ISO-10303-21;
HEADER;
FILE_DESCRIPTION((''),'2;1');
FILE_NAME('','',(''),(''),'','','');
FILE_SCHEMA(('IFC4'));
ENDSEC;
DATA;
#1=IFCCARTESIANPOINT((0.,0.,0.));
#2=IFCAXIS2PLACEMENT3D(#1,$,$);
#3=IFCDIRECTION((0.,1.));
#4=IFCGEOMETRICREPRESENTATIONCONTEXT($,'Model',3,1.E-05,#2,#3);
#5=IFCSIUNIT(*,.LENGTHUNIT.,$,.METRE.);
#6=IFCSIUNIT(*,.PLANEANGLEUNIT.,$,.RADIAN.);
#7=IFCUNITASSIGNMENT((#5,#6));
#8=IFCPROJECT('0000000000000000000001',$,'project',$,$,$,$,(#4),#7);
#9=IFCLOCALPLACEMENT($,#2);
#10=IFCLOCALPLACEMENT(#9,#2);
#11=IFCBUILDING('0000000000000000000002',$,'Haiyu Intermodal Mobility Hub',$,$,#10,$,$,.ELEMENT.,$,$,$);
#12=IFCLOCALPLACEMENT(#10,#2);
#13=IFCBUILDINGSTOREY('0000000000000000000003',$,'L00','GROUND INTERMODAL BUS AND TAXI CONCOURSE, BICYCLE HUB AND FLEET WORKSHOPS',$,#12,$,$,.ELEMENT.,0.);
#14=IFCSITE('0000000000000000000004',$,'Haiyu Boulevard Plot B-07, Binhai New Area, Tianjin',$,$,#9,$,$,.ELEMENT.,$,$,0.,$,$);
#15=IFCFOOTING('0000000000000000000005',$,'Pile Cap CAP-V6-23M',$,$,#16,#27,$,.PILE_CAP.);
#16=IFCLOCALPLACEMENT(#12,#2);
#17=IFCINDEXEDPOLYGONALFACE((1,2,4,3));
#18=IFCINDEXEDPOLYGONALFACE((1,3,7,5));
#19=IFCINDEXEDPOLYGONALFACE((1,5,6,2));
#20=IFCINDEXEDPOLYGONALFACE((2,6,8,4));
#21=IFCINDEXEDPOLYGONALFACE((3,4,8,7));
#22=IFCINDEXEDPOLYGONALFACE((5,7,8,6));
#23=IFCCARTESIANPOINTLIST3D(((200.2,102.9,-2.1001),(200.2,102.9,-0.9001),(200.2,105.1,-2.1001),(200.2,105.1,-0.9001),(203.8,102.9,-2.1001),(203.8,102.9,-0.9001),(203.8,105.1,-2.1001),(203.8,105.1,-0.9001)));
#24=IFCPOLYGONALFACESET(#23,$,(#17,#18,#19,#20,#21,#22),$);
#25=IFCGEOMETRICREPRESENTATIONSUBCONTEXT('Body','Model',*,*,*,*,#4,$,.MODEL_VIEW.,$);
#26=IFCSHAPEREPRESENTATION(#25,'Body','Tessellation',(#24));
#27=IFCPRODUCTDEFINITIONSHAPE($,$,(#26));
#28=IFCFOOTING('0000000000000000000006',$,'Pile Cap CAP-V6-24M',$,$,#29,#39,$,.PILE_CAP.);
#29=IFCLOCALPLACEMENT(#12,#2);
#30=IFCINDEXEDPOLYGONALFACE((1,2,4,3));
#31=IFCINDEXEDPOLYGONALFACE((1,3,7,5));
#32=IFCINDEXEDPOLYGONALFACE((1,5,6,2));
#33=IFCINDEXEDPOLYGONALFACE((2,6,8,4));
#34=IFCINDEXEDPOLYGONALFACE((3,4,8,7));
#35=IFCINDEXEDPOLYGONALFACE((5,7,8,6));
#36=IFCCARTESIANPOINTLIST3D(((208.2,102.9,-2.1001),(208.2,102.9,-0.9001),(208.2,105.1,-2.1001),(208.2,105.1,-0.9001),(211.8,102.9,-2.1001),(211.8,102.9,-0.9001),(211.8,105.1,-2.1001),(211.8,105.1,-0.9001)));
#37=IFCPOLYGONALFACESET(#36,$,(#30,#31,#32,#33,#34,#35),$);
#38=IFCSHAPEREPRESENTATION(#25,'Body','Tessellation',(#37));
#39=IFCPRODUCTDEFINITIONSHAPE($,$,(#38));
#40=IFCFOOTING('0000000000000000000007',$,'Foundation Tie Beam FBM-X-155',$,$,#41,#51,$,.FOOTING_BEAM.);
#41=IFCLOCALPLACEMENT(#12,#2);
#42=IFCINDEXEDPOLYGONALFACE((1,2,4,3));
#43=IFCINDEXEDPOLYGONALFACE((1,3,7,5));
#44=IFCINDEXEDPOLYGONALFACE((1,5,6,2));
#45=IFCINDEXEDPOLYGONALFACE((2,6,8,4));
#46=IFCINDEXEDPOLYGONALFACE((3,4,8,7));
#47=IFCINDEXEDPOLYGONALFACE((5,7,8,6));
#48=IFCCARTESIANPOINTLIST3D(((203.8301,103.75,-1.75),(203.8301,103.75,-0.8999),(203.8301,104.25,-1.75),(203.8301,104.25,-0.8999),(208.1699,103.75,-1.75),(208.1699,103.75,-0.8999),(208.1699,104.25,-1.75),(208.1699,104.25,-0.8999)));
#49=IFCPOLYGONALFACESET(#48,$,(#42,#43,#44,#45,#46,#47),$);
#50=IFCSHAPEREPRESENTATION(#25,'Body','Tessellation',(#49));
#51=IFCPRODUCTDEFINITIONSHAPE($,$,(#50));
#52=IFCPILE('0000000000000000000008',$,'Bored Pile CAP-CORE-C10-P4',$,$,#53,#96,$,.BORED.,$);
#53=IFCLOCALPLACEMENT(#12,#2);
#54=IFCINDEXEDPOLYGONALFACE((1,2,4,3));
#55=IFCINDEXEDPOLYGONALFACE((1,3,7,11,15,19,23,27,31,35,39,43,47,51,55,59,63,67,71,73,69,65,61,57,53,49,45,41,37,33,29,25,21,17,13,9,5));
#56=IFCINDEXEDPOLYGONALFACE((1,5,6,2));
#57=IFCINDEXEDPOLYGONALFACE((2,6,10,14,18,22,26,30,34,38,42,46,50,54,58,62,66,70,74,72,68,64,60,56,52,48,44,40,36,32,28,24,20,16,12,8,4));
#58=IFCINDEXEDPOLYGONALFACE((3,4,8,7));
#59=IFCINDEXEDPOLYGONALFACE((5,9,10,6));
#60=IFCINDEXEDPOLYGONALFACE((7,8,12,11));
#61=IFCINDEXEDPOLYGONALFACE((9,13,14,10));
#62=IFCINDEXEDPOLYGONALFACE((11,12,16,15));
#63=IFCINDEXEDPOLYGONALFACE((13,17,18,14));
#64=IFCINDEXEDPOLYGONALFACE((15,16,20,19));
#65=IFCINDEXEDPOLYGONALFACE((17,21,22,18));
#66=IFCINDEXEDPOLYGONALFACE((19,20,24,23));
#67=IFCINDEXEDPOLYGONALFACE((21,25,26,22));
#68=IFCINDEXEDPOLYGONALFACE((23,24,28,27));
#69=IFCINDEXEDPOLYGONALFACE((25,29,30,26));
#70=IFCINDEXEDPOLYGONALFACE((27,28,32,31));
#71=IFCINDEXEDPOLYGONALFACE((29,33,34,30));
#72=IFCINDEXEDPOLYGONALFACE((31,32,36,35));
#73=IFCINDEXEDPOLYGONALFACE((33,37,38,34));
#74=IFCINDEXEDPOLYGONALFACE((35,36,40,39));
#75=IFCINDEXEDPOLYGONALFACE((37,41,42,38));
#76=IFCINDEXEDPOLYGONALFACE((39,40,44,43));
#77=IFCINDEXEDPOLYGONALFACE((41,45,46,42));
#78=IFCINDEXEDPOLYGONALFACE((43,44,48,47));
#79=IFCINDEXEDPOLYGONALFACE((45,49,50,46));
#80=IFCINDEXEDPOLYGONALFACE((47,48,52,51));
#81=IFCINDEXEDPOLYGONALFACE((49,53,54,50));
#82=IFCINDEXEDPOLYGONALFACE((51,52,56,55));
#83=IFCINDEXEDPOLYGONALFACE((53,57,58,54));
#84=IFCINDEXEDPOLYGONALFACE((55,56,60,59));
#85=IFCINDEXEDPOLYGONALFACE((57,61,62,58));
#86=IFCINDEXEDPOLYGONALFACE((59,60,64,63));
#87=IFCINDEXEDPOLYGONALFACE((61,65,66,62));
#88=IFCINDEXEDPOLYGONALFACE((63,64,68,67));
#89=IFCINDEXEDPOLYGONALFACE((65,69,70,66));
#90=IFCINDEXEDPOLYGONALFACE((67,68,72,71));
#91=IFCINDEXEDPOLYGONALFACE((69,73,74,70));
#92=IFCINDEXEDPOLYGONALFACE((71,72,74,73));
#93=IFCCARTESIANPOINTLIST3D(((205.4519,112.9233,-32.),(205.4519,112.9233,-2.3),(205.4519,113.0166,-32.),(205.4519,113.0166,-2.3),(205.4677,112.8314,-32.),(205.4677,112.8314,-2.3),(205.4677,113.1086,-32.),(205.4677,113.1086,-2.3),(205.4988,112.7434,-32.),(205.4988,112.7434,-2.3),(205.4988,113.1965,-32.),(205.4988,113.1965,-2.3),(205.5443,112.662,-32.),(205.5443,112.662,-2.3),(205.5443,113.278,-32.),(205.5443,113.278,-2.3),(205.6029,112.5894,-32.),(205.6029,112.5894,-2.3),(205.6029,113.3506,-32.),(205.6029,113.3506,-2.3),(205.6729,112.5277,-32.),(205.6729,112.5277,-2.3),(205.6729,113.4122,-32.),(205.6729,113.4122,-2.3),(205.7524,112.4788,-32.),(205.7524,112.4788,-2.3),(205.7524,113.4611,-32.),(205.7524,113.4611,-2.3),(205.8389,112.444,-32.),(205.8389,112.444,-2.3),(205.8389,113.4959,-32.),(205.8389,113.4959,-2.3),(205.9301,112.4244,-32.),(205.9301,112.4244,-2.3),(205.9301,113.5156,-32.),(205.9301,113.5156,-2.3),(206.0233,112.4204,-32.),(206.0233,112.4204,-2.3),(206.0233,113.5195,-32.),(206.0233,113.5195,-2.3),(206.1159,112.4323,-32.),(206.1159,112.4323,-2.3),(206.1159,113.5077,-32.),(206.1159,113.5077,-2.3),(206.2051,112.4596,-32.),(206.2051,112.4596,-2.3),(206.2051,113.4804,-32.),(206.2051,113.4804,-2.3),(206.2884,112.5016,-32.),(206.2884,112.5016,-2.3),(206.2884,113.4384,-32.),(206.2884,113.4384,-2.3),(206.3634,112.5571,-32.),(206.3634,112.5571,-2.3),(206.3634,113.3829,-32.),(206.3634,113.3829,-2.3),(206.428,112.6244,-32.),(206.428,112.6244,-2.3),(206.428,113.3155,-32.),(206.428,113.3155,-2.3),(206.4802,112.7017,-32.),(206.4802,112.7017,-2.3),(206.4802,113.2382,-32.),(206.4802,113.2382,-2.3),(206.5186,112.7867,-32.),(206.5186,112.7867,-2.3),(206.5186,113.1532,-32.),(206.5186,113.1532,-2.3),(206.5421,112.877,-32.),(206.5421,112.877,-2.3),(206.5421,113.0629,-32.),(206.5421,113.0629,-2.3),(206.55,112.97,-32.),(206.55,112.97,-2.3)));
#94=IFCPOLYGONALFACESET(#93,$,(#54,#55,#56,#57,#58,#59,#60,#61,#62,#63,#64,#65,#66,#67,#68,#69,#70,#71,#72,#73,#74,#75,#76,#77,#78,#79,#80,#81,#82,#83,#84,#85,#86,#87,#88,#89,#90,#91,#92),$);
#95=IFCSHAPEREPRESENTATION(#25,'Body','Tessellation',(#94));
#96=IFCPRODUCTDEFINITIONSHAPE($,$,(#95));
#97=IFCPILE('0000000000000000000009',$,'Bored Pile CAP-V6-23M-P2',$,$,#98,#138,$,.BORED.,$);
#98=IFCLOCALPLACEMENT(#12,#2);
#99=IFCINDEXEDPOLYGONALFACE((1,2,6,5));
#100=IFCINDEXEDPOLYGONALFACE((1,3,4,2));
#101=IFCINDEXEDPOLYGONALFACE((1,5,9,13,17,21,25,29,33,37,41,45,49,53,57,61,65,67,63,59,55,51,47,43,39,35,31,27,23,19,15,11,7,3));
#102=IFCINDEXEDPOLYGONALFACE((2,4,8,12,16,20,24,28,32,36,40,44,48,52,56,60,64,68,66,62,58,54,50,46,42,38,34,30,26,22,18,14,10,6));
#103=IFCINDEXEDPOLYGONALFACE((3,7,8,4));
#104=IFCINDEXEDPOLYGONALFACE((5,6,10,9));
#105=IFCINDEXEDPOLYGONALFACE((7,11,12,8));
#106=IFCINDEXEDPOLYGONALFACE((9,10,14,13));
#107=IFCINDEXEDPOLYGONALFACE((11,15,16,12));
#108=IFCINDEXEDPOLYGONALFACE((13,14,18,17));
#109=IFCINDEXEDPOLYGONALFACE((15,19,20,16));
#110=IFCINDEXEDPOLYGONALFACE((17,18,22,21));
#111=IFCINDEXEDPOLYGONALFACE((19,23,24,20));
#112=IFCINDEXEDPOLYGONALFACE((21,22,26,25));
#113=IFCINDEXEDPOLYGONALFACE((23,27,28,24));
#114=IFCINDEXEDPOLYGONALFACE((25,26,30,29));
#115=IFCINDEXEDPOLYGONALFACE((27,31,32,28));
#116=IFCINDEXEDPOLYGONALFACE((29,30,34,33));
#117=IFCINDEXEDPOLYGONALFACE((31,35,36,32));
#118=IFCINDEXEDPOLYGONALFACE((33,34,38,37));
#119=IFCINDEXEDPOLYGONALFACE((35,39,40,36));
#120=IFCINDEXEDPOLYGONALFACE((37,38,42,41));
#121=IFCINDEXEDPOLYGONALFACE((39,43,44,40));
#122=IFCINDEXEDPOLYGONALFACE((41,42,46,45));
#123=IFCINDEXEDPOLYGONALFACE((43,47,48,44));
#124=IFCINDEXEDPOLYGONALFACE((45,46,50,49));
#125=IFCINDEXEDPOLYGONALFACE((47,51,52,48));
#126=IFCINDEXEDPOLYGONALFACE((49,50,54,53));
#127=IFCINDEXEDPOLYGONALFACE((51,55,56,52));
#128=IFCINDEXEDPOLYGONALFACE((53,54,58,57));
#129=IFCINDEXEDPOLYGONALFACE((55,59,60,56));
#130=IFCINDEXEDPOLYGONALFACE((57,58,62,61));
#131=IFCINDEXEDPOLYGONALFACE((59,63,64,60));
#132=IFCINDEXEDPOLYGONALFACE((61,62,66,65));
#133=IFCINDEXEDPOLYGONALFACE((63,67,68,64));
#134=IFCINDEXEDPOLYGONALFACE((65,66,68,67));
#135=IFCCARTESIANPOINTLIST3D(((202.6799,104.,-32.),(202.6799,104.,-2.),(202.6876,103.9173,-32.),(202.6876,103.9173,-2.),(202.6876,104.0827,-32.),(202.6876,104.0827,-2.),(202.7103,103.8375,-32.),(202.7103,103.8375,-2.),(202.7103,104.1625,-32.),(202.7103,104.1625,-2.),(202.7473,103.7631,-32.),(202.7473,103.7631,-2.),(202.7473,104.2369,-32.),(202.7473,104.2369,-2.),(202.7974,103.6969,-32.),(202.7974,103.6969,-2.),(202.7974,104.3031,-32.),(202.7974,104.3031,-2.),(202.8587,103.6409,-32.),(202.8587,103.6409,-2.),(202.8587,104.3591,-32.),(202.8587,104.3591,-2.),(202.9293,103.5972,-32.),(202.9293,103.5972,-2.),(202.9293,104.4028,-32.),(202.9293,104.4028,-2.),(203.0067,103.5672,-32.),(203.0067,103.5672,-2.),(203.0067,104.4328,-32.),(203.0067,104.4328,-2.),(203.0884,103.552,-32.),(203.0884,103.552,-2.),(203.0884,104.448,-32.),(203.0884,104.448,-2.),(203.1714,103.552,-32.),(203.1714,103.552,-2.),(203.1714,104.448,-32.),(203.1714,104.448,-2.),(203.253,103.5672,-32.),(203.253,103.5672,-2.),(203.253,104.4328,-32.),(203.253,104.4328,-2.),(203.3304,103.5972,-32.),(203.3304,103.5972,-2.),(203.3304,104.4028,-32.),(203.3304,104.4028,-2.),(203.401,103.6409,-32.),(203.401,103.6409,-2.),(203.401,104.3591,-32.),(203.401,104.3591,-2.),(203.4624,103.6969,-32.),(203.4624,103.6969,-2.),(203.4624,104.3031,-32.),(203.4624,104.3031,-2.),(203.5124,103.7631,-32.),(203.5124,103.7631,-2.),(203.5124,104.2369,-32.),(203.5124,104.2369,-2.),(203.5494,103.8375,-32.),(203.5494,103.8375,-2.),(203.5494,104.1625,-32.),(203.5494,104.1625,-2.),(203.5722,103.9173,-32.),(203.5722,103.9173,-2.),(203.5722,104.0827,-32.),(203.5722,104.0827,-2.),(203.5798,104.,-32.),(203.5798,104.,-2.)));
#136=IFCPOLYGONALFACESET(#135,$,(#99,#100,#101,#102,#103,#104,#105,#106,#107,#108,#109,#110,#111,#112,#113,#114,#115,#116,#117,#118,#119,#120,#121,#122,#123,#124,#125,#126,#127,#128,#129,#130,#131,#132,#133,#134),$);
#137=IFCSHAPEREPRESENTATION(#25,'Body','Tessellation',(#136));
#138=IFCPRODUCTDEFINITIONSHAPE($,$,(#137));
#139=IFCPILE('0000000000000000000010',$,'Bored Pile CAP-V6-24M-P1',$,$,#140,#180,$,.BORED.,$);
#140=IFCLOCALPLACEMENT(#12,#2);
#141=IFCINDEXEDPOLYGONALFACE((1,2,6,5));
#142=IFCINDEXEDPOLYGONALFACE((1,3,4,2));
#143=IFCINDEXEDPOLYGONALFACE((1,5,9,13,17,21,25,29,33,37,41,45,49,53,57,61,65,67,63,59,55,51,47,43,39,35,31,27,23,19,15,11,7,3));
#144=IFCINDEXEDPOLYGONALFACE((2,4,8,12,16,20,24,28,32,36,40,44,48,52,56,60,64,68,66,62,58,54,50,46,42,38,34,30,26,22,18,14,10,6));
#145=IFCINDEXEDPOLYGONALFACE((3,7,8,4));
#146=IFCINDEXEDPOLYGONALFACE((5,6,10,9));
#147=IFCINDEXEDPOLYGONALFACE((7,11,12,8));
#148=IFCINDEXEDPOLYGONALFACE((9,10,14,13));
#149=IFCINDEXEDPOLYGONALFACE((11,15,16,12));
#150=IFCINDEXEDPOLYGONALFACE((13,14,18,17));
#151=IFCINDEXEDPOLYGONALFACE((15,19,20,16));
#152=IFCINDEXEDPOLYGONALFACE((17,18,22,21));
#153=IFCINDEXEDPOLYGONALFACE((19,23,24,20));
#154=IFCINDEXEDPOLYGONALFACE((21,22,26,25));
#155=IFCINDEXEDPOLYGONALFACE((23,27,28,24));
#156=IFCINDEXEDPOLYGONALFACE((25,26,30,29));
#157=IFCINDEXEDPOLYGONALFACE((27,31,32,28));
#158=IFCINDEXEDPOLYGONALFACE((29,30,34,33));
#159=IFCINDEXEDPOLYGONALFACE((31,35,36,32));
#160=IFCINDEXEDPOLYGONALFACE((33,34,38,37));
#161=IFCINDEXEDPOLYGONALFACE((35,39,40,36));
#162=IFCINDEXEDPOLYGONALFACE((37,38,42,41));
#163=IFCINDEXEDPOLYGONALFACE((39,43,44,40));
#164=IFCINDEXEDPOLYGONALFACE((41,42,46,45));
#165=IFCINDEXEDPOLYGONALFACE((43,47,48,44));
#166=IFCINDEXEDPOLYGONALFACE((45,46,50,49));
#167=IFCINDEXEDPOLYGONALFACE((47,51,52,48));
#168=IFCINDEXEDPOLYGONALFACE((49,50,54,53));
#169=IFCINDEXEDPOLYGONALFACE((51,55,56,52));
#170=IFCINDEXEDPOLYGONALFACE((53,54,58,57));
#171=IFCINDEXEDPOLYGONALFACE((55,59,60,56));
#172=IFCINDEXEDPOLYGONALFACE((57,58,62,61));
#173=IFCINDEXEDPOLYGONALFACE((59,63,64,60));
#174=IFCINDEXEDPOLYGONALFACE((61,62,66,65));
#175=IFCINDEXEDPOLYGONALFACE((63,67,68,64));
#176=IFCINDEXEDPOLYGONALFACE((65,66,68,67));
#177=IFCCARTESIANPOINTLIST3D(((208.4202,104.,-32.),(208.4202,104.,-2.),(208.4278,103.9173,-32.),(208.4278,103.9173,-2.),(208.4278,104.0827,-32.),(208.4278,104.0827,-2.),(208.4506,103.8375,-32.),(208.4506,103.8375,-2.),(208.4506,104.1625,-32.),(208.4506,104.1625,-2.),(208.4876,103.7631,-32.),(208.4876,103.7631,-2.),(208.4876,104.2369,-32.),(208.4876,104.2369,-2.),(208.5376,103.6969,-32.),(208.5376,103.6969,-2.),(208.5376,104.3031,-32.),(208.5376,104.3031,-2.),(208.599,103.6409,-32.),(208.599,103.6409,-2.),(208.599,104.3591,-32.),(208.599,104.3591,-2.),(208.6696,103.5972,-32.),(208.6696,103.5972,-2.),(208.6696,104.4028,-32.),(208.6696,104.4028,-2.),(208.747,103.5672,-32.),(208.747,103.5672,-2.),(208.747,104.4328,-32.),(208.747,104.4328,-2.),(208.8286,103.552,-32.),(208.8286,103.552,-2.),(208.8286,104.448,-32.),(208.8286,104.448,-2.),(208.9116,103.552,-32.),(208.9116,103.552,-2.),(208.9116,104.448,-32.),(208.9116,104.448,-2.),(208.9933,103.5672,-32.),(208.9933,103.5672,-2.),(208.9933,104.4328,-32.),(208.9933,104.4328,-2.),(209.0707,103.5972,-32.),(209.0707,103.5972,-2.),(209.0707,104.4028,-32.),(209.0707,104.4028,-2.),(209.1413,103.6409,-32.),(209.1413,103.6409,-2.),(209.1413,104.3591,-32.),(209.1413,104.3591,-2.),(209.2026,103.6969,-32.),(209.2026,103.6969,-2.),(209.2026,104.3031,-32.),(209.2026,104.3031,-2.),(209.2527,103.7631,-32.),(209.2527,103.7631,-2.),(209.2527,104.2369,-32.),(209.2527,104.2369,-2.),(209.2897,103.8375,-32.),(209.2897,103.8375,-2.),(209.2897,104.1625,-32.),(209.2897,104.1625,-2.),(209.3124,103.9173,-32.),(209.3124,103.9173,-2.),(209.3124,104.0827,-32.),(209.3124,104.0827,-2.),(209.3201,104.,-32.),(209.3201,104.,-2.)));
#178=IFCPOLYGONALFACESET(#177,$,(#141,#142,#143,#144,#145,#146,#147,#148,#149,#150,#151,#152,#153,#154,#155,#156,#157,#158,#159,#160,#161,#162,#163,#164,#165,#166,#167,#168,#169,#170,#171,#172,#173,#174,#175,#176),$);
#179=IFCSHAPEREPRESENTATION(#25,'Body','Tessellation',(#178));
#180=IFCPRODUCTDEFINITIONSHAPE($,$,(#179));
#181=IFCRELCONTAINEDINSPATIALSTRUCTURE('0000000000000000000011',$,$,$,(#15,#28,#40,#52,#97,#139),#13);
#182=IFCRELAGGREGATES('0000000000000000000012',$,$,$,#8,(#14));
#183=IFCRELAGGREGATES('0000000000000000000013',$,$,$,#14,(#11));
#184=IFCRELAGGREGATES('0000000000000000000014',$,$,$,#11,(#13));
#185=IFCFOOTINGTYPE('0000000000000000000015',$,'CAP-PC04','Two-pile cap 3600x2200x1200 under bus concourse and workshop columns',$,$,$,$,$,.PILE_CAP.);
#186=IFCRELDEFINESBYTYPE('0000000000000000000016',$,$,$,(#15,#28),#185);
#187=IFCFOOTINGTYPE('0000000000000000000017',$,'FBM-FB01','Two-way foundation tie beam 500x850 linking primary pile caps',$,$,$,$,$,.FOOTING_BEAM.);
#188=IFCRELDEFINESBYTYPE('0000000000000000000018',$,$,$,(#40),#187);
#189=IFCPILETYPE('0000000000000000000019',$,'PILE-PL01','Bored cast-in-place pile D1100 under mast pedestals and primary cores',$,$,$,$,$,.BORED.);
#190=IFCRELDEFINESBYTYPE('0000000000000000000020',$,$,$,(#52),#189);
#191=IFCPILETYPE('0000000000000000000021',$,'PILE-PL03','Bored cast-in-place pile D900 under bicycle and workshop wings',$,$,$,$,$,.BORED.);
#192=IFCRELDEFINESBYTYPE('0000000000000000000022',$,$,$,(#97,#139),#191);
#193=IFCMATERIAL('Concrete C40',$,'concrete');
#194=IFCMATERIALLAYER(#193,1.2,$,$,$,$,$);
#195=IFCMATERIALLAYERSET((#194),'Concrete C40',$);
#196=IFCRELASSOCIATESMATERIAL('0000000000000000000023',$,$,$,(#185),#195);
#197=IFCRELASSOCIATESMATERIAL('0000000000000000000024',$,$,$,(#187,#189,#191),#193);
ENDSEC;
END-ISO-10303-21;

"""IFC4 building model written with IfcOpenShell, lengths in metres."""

from ifc_helpers import new_model, si_unit, direction, frame, origin, origin_2d, place, context, subcontext, project, spatial, rectangle, circle, extrude, material, layer, layer_set, material_profile, profile_set, type_object, element, save


model = new_model("IFC4")

# Units and contexts
model_context = context("Model", 3, precision=1e-05, world=origin(), true_north=direction((0.0, 1.0)))
body_context = subcontext(model_context, "Body", "Model", "MODEL_VIEW")
ifc_project = project(units=[si_unit("LENGTHUNIT", "METRE"), si_unit("PLANEANGLEUNIT", "RADIAN")], contexts=[model_context])

# Site, building, storey
site_placement = place(None, origin())
site = spatial("IfcSite", under=ifc_project, at=site_placement, Name="Haiyu Boulevard Plot B-07, Binhai New Area, Tianjin", CompositionType="ELEMENT", RefElevation=0.0)
building_placement = place(site_placement, origin())
building = spatial("IfcBuilding", under=site, at=building_placement, Name="Haiyu Intermodal Mobility Hub", CompositionType="ELEMENT")
storey_placement = place(building_placement, origin())
storey = spatial("IfcBuildingStorey", under=building, at=storey_placement, Name="L00", Description="GROUND INTERMODAL BUS AND TAXI CONCOURSE, BICYCLE HUB AND FLEET WORKSHOPS", CompositionType="ELEMENT", Elevation=0.0)

# Footings
ifc_material_1 = material(Name="Concrete C40", Category="concrete")
ifc_layer_1 = layer(ifc_material_1, 1.2)
ifc_layer_set_1 = layer_set([ifc_layer_1], Name="Concrete C40")
footing_type_1 = type_object("IfcFootingType", Name="CAP-PC04", Description="Two-pile cap 3600x2200x1200 under bus concourse and workshop columns", PredefinedType="PILE_CAP", material=ifc_layer_set_1)
for number, where, z_axis, x_axis, name in (
    (1, (202.0, 104.0, -2.1001), (0.0, 0.0, 1.0), (1.0, 0.0, 0.0), "Pile Cap CAP-V6-23M"),
    (2, (210.0, 104.0, -2.1001), (0.0, 0.0, 1.0), (1.0, 0.0, 0.0), "Pile Cap CAP-V6-24M"),
):
    element("IfcFooting", number, at=place(storey_placement, frame(where, z_axis=z_axis, x_axis=x_axis)), inside=storey, type_object=footing_type_1, Name=name, PredefinedType="PILE_CAP", context=body_context, shape_type="SweptSolid", body=[
        extrude(rectangle(XDim=3.6001, YDim=2.2, at=origin_2d()), origin(), (0.0, 0.0, 1.0), 1.2),
    ])
ifc_material_profile_1 = material_profile(ifc_material_1, rectangle(XDim=0.5, YDim=0.8501, at=origin_2d()), Name="FB500x850")
ifc_profile_set_1 = profile_set([ifc_material_profile_1], Name="Concrete C40")
footing_type_2 = type_object("IfcFootingType", Name="FBM-FB01", Description="Two-way foundation tie beam 500x850 linking primary pile caps", PredefinedType="FOOTING_BEAM", material=ifc_profile_set_1)
footing_placement = place(storey_placement, frame((203.8301, 104.0, -1.325), z_axis=(1.0, 0.0, 0.0), x_axis=(0.0, 1.0, 0.0)))
element("IfcFooting", 3, at=footing_placement, inside=storey, type_object=footing_type_2, Name="Foundation Tie Beam FBM-X-155", PredefinedType="FOOTING_BEAM", context=body_context, shape_type="SweptSolid", body=[
    extrude(rectangle(XDim=0.5, YDim=0.8501, at=origin_2d()), origin(), (0.0, 0.0, 1.0), 4.3398),
])

# Piles
ifc_material_profile_2 = material_profile(ifc_material_1, circle(Radius=0.55, at=origin_2d()), Name="PILE-D1100")
ifc_profile_set_2 = profile_set([ifc_material_profile_2], Name="Concrete C40")
pile_type_1 = type_object("IfcPileType", Name="PILE-PL01", Description="Bored cast-in-place pile D1100 under mast pedestals and primary cores", PredefinedType="BORED", material=ifc_profile_set_2)
pile_placement = place(storey_placement, frame((206.0, 112.97, -2.3), z_axis=(0.0, 0.0, -1.0), x_axis=(1.0, 0.0, 0.0)))
element("IfcPile", 4, at=pile_placement, inside=storey, type_object=pile_type_1, Name="Bored Pile CAP-CORE-C10-P4", PredefinedType="BORED", context=body_context, shape_type="SweptSolid", body=[
    extrude(circle(Radius=0.55, at=origin_2d()), origin(), (0.0, 0.0, 1.0), 29.7),
])
ifc_material_profile_3 = material_profile(ifc_material_1, circle(Radius=0.45, at=origin_2d()), Name="PILE-D900")
ifc_profile_set_3 = profile_set([ifc_material_profile_3], Name="Concrete C40")
pile_type_2 = type_object("IfcPileType", Name="PILE-PL03", Description="Bored cast-in-place pile D900 under bicycle and workshop wings", PredefinedType="BORED", material=ifc_profile_set_3)
for number, where, z_axis, x_axis, name in (
    (5, (203.1299, 104.0, -2.0), (0.0, 0.0, -1.0), (1.0, 0.0, 0.0), "Bored Pile CAP-V6-23M-P2"),
    (6, (208.8701, 104.0, -2.0), (0.0, 0.0, -1.0), (1.0, 0.0, 0.0), "Bored Pile CAP-V6-24M-P1"),
):
    element("IfcPile", number, at=place(storey_placement, frame(where, z_axis=z_axis, x_axis=x_axis)), inside=storey, type_object=pile_type_2, Name=name, PredefinedType="BORED", context=body_context, shape_type="SweptSolid", body=[
        extrude(circle(Radius=0.45, at=origin_2d()), origin(), (0.0, 0.0, 1.0), 30.0),
    ])

save(model, "model.ifc")
